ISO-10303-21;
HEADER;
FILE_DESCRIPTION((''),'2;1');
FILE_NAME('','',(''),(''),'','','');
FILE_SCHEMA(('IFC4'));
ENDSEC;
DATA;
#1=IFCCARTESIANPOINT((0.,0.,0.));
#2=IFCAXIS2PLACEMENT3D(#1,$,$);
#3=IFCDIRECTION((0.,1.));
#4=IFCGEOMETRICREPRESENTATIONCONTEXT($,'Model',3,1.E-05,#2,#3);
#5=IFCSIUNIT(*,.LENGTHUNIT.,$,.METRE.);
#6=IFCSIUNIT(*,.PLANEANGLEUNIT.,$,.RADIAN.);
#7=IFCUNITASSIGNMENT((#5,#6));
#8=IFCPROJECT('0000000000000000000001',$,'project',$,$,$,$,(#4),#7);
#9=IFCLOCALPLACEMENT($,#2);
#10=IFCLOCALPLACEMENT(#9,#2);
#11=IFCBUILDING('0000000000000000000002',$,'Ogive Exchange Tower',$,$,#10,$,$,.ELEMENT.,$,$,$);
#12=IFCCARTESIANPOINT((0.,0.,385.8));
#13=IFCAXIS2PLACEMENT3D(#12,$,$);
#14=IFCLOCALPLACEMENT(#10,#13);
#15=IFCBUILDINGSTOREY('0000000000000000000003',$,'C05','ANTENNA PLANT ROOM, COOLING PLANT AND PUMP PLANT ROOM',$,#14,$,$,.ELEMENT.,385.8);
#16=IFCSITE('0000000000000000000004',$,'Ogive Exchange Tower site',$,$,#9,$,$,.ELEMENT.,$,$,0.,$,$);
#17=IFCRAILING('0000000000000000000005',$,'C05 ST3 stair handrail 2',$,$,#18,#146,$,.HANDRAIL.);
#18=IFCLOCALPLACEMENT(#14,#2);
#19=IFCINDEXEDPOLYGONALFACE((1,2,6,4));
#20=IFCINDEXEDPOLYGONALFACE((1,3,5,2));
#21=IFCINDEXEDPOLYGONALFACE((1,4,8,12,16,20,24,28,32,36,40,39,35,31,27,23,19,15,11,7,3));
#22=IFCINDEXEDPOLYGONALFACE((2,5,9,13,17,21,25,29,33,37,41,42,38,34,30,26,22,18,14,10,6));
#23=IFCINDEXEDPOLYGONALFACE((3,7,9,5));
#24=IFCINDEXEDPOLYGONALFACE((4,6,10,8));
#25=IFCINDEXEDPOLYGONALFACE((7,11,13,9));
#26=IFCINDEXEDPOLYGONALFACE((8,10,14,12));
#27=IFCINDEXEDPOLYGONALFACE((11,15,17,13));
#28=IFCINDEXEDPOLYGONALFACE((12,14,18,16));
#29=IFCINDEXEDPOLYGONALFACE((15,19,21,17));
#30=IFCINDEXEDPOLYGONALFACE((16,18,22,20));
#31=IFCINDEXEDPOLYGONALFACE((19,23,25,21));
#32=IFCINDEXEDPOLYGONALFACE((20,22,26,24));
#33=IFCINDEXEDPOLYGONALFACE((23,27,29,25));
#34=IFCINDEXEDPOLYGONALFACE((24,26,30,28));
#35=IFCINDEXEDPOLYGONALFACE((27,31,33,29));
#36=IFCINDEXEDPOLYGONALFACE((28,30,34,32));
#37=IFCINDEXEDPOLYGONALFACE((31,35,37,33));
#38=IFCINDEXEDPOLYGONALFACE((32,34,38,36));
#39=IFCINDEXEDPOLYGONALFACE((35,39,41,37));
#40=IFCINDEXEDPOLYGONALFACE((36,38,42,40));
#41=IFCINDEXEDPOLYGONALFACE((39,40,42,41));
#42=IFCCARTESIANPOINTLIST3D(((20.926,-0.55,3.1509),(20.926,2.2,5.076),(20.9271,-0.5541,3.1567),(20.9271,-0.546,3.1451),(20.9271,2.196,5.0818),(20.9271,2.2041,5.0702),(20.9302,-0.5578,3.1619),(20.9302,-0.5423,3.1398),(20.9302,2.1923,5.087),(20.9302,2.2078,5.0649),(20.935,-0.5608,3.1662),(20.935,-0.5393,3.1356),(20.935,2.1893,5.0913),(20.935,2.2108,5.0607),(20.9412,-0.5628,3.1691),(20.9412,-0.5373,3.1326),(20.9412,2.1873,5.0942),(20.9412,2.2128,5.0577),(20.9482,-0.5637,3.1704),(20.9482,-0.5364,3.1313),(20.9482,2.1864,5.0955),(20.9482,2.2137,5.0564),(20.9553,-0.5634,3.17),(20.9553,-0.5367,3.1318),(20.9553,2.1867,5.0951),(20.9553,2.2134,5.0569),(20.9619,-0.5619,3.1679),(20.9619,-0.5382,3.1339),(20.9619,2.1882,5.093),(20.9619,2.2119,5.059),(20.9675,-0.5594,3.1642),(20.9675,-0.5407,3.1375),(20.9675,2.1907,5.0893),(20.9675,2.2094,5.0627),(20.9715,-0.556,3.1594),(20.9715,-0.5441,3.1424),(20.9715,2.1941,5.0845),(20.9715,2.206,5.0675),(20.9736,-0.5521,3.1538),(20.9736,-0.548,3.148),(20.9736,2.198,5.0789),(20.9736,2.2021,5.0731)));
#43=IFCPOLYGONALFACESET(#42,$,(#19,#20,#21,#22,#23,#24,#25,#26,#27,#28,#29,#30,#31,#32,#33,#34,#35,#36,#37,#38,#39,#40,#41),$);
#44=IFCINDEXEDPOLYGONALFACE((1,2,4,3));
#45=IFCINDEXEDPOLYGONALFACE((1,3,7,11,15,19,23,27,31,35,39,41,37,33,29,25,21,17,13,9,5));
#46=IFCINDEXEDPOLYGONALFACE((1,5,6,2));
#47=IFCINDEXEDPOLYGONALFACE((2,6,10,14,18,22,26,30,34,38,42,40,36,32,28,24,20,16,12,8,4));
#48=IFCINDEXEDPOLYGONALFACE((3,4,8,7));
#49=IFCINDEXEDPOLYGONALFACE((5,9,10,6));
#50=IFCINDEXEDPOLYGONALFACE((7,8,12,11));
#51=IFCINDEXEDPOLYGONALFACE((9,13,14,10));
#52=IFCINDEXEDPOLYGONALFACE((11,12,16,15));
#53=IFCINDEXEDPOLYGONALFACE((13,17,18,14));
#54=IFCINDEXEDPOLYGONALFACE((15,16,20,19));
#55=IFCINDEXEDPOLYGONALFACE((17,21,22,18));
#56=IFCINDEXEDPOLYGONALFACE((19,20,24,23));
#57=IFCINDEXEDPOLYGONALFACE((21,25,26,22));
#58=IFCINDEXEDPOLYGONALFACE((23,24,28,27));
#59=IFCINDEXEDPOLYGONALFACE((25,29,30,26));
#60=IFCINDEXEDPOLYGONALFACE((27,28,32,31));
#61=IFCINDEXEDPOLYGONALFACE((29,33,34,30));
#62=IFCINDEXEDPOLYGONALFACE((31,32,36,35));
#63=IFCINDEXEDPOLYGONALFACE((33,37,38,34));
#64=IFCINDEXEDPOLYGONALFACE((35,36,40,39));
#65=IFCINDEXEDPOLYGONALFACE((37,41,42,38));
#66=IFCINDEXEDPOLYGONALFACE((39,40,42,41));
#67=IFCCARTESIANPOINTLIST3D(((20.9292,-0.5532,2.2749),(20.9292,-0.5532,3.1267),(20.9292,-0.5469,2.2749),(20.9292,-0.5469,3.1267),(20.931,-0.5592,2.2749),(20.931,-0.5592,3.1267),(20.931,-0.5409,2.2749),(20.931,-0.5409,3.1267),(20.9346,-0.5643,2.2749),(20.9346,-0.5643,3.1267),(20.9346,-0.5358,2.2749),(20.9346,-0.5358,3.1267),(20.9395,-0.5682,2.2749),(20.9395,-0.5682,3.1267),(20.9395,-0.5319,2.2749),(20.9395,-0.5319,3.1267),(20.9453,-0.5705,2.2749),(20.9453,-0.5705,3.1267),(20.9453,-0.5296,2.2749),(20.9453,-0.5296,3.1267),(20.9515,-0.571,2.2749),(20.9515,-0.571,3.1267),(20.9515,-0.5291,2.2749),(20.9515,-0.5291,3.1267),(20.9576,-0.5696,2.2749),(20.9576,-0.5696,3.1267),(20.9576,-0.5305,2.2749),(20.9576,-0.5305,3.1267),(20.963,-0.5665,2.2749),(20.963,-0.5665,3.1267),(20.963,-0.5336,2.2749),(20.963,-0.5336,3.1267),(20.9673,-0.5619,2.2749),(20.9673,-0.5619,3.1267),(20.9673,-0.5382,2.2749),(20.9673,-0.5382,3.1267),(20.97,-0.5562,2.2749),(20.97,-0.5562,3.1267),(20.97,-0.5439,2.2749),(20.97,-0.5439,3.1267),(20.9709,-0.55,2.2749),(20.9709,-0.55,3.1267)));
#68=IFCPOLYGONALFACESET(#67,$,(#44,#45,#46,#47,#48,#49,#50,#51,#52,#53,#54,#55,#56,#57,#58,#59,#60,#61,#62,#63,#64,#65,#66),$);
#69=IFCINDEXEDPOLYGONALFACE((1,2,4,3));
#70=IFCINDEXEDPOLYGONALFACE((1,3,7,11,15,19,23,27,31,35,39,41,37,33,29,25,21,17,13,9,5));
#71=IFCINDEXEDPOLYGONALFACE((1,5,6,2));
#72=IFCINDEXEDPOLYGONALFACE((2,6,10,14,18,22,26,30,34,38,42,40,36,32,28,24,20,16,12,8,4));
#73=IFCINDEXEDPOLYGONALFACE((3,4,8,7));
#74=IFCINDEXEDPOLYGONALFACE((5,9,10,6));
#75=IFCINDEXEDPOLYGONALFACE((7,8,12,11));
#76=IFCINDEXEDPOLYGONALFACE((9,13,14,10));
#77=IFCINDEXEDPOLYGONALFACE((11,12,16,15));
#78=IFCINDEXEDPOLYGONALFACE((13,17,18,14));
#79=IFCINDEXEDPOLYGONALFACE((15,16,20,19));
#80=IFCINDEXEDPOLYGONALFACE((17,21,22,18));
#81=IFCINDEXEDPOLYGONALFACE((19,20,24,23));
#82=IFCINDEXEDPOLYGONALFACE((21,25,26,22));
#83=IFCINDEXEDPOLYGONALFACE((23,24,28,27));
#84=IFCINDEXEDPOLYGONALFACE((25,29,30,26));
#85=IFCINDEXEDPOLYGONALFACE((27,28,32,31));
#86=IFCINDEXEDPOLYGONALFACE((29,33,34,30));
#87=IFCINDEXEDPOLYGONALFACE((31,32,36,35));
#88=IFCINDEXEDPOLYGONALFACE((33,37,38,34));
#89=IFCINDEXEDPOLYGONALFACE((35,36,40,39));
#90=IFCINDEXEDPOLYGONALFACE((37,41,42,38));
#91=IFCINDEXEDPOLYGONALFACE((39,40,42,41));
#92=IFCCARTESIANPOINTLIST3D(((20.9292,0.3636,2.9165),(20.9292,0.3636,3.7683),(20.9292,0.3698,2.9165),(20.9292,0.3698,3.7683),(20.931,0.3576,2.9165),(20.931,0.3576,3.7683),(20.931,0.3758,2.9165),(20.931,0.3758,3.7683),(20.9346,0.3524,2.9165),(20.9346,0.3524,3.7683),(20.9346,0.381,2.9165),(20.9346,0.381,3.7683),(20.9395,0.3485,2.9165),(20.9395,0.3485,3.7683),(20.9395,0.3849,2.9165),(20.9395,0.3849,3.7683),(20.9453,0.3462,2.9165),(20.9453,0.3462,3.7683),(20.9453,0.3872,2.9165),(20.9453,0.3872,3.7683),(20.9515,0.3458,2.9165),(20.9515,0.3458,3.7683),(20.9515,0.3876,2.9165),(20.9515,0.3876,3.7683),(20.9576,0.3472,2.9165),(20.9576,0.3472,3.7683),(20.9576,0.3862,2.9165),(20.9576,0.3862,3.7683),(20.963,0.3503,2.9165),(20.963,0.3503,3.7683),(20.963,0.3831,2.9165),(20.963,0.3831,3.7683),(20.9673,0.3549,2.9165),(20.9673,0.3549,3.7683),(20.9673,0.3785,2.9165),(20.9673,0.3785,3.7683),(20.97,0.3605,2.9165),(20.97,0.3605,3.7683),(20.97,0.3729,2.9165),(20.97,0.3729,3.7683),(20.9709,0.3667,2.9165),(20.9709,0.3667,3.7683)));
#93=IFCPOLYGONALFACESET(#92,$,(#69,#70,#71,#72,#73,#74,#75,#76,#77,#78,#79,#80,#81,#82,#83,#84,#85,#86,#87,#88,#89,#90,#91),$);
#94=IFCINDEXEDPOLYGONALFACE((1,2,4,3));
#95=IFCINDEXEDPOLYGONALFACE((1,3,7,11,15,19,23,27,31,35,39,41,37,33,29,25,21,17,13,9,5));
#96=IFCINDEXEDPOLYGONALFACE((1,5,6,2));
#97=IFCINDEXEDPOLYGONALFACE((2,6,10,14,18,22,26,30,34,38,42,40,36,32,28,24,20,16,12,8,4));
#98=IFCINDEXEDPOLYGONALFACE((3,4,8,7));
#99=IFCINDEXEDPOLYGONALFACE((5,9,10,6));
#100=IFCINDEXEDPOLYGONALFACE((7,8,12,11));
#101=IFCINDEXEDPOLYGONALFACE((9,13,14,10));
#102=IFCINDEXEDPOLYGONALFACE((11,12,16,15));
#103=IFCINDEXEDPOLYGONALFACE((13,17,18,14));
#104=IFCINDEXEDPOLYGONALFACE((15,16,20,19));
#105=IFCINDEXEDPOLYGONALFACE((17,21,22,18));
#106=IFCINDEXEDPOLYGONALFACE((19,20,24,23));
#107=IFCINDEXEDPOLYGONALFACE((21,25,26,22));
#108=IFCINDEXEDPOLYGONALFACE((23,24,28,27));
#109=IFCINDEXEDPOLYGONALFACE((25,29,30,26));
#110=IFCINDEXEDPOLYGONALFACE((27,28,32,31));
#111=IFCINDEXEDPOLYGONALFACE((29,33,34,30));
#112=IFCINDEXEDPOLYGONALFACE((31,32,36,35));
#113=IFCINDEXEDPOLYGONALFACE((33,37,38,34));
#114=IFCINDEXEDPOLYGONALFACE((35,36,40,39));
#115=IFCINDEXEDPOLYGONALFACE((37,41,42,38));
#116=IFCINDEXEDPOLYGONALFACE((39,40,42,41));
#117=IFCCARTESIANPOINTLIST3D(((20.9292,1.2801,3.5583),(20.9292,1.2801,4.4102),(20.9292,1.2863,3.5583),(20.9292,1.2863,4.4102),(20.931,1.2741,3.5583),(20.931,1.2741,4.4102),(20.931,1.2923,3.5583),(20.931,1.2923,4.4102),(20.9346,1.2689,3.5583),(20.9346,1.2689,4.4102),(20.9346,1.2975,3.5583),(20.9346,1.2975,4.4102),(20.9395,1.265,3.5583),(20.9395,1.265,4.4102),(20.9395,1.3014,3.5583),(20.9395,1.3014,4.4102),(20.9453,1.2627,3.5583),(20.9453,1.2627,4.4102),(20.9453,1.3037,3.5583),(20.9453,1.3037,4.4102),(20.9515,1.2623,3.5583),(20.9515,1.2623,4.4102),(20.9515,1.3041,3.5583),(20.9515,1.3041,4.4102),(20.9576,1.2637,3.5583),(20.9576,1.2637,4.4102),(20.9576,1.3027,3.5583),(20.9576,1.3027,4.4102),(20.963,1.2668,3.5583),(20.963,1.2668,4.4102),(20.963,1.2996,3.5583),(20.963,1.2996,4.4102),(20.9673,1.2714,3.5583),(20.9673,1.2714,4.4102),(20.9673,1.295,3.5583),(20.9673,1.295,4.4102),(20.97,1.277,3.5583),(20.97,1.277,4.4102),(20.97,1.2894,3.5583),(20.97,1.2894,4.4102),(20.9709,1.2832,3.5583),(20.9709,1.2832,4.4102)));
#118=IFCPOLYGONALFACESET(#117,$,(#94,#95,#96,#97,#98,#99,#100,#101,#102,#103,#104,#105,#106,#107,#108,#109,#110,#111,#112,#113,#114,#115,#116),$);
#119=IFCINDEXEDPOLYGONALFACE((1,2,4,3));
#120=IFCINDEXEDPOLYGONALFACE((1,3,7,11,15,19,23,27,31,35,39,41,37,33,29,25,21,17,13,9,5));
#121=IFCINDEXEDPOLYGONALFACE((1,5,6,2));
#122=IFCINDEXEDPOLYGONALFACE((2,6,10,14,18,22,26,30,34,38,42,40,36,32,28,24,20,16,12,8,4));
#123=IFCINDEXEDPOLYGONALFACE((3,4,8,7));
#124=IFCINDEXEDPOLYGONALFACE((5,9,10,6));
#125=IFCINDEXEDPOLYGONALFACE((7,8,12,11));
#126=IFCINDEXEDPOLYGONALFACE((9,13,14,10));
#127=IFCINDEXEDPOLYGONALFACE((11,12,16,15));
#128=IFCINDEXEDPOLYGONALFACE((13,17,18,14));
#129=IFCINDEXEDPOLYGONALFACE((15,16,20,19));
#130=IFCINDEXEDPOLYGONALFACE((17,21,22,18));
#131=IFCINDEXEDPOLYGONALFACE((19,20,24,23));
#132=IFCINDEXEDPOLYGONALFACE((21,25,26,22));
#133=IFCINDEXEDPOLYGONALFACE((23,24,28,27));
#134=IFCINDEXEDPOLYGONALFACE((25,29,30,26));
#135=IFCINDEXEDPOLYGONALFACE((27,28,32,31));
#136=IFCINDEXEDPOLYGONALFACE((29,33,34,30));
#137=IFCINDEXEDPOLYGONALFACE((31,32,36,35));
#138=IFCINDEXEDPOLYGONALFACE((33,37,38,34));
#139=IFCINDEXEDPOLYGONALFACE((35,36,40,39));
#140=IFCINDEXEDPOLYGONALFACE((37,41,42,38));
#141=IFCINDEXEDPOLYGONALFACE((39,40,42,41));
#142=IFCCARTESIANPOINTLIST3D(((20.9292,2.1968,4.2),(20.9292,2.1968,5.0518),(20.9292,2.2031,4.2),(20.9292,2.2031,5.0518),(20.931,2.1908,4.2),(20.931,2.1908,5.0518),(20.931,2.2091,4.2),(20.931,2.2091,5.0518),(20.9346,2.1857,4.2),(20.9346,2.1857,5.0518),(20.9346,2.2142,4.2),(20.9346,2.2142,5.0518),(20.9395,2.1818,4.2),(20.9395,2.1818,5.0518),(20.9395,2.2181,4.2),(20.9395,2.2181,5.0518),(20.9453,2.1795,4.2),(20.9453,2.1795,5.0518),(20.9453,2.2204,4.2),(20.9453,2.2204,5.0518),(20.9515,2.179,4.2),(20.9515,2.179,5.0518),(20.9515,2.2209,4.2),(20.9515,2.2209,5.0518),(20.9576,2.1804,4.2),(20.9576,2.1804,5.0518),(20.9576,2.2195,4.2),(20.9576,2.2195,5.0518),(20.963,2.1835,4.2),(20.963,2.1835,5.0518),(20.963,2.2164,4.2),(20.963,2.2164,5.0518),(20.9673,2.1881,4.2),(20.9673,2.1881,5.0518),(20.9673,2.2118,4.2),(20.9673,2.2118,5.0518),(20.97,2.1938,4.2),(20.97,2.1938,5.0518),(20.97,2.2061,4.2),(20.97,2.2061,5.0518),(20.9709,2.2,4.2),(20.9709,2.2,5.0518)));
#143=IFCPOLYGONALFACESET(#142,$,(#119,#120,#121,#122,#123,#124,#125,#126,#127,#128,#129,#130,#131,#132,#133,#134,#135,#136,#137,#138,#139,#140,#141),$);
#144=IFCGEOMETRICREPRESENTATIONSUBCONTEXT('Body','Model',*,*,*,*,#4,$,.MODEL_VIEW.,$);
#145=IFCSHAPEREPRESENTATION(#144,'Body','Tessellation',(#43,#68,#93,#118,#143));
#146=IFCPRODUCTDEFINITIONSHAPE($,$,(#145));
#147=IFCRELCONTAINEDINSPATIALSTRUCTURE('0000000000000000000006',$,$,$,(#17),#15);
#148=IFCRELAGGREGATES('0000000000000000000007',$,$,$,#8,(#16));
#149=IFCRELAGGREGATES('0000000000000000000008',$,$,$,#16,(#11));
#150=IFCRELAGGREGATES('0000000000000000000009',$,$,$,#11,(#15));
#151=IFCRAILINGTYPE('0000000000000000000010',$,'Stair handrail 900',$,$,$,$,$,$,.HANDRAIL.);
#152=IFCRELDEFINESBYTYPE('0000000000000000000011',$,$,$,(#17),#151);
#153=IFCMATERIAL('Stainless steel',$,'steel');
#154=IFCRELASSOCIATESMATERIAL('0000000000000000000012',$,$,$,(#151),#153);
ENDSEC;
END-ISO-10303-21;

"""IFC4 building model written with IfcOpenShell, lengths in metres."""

from ifc_helpers import new_model, si_unit, direction, frame, origin, origin_2d, place, context, subcontext, project, spatial, circle, extrude, material, type_object, element, save


model = new_model("IFC4")

# Units and contexts
model_context = context("Model", 3, precision=1e-05, world=origin(), true_north=direction((0.0, 1.0)))
body_context = subcontext(model_context, "Body", "Model", "MODEL_VIEW")
ifc_project = project(units=[si_unit("LENGTHUNIT", "METRE"), si_unit("PLANEANGLEUNIT", "RADIAN")], contexts=[model_context])

# Site, building, storey
site_placement = place(None, origin())
site = spatial("IfcSite", under=ifc_project, at=site_placement, Name="Ogive Exchange Tower site", CompositionType="ELEMENT", RefElevation=0.0)
building_placement = place(site_placement, origin())
building = spatial("IfcBuilding", under=site, at=building_placement, Name="Ogive Exchange Tower", CompositionType="ELEMENT")
storey_placement = place(building_placement, frame((0.0, 0.0, 385.8)))
storey = spatial("IfcBuildingStorey", under=building, at=storey_placement, Name="C05", Description="ANTENNA PLANT ROOM, COOLING PLANT AND PUMP PLANT ROOM", CompositionType="ELEMENT", Elevation=385.8)

# Shared definitions
ifc_material_1 = material(Name="Stainless steel", Category="steel")

# Railing
railing_type = type_object("IfcRailingType", Name="Stair handrail 900", PredefinedType="HANDRAIL", material=ifc_material_1)
railing_1_placement = place(storey_placement, frame((20.95, -0.55, 2.2749)))
element("IfcRailing", 1, at=railing_1_placement, inside=storey, type_object=railing_type, Name="C05 ST3 stair handrail 2", PredefinedType="HANDRAIL", context=body_context, shape_type="SweptSolid", body=[
    extrude(circle(Radius=0.0239, at=origin_2d()), frame((0.0, 0.0, 0.876), z_axis=(0.0, 0.819225, 0.573472), x_axis=(-1.0, 0.0, 0.0)), (0.0, 0.0, 1.0), 3.3569),
    extrude(circle(Radius=0.021, at=origin_2d()), origin(), (0.0, 0.0, 1.0), 0.8518),
    extrude(circle(Radius=0.021, at=origin_2d()), frame((0.0, 0.9167, 0.6416)), (0.0, 0.0, 1.0), 0.8518),
    extrude(circle(Radius=0.021, at=origin_2d()), frame((0.0, 1.8333, 1.2834)), (0.0, 0.0, 1.0), 0.8518),
    extrude(circle(Radius=0.021, at=origin_2d()), frame((0.0, 2.75, 1.925)), (0.0, 0.0, 1.0), 0.8518),
])

save(model, "model.ifc")
